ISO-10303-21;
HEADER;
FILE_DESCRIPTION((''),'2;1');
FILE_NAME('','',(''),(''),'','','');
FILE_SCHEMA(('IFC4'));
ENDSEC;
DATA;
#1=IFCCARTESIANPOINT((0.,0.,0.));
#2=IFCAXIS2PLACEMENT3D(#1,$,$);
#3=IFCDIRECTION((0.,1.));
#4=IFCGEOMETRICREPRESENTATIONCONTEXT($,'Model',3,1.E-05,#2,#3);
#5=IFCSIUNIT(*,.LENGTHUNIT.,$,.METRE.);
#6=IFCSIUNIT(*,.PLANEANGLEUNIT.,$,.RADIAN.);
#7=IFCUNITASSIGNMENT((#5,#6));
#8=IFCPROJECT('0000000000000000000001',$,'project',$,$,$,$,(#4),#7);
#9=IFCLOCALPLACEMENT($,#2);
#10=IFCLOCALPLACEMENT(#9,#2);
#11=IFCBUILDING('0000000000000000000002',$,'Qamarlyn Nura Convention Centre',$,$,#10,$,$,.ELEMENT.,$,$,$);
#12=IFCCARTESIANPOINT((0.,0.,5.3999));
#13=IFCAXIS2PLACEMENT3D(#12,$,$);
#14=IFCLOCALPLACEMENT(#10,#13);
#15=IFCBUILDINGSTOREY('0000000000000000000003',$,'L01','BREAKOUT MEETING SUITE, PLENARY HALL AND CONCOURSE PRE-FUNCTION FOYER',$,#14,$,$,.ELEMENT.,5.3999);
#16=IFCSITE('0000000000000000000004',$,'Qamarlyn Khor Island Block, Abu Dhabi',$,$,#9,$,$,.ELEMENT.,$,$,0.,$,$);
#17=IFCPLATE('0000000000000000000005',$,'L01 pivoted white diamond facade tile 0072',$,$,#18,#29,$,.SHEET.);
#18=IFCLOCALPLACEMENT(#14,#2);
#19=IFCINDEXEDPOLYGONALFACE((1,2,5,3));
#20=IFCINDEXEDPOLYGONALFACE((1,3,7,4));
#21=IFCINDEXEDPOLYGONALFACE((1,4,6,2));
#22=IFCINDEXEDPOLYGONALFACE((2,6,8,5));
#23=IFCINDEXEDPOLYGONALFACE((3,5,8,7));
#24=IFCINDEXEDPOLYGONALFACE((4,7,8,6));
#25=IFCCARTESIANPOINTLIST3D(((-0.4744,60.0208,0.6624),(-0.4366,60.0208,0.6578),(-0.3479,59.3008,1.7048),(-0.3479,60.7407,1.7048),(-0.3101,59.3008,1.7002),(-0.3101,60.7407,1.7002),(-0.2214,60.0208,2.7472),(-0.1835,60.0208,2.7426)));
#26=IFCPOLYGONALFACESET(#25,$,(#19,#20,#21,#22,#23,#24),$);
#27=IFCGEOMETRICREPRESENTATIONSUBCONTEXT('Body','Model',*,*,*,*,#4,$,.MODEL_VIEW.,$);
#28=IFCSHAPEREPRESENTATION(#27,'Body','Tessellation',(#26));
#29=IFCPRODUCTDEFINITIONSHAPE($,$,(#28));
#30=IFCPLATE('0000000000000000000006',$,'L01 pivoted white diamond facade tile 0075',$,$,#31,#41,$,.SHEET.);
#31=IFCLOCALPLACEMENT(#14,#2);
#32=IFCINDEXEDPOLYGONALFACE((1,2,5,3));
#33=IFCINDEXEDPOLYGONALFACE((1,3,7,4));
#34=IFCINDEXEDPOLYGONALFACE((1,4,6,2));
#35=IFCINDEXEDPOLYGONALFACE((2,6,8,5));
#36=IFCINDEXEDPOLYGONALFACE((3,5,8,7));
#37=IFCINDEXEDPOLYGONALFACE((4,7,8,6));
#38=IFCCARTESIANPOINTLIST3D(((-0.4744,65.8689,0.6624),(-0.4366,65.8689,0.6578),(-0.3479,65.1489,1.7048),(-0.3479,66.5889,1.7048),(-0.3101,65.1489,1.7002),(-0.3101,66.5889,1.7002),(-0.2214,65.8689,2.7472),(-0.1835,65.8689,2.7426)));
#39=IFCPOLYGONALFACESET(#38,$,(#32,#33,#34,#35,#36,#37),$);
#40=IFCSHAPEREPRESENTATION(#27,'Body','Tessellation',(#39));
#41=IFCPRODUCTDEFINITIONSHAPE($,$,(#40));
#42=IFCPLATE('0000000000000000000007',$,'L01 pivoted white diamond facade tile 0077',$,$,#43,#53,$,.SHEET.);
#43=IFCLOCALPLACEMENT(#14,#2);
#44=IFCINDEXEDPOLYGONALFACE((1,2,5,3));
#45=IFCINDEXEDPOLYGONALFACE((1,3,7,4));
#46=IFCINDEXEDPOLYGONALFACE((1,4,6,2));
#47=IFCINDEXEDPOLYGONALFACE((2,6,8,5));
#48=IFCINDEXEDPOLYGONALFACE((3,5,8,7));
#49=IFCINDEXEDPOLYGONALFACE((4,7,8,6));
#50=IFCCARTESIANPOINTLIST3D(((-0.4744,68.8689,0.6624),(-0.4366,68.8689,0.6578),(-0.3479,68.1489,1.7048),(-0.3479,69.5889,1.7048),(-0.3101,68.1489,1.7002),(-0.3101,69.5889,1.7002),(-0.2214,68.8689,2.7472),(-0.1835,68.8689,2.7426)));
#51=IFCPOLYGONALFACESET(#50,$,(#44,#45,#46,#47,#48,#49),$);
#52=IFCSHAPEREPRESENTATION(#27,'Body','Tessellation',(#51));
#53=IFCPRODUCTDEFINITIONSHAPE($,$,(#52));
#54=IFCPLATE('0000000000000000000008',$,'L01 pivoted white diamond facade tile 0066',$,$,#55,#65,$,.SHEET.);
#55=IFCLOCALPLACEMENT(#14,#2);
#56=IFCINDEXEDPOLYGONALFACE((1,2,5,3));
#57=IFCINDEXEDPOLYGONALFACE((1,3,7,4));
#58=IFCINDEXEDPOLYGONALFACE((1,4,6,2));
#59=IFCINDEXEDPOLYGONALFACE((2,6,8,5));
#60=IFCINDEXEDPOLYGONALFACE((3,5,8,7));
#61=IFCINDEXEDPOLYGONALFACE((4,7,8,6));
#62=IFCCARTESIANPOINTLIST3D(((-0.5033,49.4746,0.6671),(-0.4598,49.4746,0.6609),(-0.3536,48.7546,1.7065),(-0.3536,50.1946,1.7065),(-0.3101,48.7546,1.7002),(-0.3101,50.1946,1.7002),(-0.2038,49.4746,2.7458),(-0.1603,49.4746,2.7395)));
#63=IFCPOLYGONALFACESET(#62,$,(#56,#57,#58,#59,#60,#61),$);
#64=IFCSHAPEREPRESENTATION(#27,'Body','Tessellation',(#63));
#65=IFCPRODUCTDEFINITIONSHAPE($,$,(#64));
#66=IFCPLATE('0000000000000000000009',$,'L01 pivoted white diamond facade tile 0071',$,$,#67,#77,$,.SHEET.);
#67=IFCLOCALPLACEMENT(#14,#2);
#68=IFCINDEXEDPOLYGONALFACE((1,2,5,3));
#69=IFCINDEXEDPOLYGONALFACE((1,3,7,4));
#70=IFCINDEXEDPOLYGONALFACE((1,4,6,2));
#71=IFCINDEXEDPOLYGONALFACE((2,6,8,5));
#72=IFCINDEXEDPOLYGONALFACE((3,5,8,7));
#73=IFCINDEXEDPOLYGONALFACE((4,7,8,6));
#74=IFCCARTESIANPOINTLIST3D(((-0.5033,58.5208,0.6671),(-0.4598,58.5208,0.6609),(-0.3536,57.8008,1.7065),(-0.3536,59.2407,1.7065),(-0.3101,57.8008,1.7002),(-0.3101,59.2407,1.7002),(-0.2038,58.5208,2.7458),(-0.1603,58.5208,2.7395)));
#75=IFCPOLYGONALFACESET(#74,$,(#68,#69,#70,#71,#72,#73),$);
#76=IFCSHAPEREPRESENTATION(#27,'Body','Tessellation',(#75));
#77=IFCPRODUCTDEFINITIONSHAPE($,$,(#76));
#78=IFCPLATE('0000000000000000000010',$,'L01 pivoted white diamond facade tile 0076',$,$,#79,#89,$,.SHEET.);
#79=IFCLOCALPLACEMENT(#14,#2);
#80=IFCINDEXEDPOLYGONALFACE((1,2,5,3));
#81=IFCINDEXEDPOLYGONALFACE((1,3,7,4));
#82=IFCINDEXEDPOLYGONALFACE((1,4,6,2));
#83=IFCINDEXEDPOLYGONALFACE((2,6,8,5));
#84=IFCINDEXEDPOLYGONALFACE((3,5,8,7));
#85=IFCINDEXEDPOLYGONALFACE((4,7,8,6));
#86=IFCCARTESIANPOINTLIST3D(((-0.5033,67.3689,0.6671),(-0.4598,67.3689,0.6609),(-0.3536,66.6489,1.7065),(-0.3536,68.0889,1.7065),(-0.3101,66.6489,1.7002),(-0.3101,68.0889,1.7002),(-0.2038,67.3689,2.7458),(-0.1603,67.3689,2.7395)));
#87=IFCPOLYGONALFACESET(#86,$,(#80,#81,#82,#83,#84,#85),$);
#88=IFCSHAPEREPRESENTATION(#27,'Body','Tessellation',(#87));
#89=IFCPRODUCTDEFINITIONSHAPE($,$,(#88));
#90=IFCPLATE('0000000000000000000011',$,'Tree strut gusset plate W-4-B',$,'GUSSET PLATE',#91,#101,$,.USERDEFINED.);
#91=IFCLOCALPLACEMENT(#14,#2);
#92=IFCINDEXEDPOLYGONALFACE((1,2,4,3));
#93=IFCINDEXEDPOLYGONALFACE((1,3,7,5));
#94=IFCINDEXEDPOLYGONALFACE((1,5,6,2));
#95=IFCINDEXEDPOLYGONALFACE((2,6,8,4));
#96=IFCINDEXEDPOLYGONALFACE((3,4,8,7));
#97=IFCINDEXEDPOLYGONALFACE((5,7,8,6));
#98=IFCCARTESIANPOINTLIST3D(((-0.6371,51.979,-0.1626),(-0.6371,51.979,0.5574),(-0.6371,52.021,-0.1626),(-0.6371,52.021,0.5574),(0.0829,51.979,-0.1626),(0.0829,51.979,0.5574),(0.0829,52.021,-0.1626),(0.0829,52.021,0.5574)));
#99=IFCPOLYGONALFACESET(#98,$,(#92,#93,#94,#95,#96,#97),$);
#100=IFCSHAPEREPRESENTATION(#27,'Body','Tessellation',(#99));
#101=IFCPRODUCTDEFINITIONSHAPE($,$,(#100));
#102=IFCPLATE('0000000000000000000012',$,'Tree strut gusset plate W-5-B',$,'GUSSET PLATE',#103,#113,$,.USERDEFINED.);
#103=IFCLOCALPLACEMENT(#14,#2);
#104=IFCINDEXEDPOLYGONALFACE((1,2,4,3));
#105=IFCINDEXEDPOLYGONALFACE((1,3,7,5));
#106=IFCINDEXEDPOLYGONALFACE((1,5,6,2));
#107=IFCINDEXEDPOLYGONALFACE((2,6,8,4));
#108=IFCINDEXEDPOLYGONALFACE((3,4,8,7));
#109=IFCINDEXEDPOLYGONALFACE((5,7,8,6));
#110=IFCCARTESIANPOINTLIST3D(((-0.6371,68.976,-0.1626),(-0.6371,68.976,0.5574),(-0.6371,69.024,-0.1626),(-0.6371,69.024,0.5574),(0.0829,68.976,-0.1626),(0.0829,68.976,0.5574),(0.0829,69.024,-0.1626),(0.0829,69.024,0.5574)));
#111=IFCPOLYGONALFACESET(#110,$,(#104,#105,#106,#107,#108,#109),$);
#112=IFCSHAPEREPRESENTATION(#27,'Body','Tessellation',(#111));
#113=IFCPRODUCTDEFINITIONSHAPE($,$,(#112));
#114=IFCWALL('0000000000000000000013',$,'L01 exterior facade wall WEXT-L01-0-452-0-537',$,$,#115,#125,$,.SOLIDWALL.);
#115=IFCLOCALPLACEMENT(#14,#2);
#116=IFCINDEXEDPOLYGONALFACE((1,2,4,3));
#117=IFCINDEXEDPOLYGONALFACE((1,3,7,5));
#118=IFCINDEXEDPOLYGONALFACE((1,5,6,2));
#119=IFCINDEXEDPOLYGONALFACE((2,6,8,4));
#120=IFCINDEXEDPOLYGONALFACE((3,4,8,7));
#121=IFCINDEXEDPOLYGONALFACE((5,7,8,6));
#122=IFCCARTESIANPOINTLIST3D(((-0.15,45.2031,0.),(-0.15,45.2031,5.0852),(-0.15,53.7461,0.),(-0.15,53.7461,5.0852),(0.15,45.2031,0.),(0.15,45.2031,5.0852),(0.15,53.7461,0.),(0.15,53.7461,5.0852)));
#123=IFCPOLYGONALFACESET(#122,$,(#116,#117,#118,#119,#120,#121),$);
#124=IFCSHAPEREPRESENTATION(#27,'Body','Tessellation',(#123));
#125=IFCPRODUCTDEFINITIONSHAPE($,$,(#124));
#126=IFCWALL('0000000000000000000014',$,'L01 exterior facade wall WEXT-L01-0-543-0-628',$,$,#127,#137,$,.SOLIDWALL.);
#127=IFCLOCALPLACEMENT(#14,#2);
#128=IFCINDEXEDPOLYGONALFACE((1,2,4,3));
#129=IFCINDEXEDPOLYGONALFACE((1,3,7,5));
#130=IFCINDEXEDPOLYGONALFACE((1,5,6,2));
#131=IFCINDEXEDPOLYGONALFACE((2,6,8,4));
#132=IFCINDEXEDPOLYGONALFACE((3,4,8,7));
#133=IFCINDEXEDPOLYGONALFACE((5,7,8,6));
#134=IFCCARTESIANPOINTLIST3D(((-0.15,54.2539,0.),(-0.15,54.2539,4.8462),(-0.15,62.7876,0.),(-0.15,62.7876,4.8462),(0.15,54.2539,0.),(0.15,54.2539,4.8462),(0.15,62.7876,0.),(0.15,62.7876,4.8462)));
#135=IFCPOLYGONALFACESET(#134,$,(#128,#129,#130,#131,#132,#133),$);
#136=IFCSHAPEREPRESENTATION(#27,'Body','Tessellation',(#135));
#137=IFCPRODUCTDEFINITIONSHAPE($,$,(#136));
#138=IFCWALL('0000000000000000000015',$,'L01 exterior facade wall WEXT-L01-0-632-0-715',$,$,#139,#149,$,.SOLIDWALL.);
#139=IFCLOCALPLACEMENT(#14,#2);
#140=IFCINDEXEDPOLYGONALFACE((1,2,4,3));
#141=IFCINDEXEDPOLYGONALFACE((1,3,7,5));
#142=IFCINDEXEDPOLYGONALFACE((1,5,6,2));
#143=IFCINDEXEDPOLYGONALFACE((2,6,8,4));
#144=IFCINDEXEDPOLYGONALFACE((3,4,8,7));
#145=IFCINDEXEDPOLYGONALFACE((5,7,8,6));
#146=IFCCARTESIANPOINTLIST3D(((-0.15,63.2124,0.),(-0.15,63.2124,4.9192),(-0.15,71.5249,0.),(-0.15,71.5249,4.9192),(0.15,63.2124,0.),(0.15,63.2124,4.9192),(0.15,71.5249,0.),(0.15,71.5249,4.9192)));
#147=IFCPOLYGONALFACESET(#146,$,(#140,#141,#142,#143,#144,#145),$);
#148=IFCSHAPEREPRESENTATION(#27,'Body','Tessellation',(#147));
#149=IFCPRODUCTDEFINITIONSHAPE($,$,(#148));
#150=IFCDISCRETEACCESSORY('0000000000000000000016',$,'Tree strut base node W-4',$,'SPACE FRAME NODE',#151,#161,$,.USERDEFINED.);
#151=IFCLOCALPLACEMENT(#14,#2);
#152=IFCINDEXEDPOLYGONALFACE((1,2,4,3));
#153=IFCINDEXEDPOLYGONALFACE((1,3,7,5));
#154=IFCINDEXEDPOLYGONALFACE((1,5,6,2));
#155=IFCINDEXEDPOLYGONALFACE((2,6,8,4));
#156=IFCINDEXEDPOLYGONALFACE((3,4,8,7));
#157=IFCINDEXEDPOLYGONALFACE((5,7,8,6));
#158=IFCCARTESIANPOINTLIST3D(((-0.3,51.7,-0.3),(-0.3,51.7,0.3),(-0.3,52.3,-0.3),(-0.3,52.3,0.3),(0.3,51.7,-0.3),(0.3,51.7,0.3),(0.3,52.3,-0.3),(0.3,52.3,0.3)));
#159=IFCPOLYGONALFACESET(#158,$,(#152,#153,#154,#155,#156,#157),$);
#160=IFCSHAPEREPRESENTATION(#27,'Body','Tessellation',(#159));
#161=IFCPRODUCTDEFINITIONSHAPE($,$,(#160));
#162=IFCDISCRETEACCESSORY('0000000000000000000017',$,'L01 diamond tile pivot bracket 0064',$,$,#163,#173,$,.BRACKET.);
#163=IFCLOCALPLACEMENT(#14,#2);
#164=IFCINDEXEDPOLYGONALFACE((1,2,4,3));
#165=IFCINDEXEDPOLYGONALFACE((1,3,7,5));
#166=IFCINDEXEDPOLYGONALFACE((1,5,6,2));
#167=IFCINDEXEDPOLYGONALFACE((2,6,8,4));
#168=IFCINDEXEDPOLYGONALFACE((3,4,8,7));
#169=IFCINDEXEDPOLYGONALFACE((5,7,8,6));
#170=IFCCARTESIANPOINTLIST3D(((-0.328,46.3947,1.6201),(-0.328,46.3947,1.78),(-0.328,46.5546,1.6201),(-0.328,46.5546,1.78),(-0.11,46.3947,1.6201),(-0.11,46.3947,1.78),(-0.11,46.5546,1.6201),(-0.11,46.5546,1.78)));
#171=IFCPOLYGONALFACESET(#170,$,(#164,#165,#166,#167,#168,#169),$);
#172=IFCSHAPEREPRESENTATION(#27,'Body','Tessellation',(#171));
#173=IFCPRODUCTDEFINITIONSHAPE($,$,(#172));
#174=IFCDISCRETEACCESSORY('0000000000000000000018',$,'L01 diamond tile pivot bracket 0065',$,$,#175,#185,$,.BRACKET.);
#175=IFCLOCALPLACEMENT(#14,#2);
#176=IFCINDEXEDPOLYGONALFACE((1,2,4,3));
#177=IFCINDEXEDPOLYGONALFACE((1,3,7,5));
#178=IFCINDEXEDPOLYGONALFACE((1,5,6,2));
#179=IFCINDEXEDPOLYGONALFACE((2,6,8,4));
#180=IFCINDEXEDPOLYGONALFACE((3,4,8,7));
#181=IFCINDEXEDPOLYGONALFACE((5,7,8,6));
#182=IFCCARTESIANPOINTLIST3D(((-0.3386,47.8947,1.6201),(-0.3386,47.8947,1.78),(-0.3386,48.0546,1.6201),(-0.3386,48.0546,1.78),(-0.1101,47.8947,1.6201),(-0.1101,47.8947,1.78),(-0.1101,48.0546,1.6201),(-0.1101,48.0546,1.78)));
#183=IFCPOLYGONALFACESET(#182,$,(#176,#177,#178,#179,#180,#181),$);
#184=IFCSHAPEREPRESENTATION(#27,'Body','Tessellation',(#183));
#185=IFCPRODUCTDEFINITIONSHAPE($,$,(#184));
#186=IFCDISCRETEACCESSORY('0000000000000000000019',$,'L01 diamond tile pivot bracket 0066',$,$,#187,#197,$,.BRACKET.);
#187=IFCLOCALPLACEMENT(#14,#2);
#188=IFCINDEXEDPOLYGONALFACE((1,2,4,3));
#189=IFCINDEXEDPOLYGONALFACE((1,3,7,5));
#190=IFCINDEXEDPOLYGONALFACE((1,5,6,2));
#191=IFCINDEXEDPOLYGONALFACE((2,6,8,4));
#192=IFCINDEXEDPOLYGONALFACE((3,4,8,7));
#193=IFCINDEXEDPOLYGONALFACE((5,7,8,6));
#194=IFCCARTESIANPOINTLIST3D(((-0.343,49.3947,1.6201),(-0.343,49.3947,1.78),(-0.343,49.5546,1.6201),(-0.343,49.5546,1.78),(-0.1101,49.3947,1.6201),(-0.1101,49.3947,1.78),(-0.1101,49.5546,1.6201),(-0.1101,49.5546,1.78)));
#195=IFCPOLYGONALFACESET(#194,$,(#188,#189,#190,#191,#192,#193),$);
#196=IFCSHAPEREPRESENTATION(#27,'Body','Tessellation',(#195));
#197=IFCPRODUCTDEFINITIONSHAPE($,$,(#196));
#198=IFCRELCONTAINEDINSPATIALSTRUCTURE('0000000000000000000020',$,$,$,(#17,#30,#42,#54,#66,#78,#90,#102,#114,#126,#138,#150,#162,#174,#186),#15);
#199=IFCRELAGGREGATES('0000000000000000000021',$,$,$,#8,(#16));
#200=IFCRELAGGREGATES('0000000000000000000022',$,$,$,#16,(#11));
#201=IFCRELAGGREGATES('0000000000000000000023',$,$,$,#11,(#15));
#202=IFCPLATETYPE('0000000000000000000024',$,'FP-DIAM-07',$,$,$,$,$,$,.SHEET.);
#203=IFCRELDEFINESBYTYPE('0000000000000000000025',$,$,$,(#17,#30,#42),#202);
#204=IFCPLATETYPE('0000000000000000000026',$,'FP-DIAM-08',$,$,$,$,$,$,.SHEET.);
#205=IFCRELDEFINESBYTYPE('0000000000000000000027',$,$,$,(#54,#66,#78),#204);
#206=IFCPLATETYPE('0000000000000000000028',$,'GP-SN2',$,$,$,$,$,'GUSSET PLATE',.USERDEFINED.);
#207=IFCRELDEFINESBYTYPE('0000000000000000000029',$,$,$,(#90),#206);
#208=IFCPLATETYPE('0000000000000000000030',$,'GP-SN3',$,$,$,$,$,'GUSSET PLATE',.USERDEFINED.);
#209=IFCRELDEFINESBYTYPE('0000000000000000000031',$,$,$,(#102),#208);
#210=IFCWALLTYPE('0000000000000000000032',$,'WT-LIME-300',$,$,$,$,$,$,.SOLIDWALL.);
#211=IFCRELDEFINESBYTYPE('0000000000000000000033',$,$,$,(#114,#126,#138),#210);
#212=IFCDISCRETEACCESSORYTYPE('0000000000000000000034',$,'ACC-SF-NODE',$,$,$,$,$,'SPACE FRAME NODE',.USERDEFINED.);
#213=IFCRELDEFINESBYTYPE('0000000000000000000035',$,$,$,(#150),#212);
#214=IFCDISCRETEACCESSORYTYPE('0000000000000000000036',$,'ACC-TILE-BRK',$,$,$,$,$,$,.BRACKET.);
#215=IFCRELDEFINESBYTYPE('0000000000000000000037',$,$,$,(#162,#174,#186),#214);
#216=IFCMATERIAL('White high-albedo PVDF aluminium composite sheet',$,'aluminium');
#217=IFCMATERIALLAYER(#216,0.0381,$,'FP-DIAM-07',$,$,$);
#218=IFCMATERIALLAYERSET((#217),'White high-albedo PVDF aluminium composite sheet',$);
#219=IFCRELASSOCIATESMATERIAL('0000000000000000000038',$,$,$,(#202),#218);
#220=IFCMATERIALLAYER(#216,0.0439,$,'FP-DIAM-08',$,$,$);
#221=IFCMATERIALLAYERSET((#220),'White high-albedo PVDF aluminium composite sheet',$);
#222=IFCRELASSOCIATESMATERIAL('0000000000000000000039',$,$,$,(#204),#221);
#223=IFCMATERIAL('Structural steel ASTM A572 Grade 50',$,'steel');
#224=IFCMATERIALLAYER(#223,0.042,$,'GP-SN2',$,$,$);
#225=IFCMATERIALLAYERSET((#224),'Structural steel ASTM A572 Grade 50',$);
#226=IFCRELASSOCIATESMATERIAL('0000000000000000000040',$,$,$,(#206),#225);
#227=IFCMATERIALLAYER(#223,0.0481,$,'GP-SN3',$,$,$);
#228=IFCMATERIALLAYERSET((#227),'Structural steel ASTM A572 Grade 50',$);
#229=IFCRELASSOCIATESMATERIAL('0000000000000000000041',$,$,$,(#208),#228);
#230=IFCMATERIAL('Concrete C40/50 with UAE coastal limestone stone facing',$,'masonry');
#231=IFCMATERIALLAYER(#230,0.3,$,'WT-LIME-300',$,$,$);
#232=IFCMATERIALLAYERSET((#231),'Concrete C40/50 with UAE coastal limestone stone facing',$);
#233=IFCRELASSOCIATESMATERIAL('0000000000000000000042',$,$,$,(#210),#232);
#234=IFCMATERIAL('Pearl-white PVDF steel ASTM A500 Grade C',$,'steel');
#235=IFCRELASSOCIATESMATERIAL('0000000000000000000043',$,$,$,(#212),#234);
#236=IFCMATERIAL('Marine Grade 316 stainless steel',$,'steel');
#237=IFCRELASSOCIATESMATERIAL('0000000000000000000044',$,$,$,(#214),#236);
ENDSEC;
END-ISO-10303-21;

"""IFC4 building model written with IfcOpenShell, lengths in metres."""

from ifc_helpers import new_model, si_unit, direction, frame, frame_2d, origin, origin_2d, place, context, subcontext, project, spatial, polyline, rectangle, outline, extrude, material, layer, layer_set, type_object, element, save


model = new_model("IFC4")

# Units and contexts
model_context = context("Model", 3, precision=1e-05, world=origin(), true_north=direction((0.0, 1.0)))
body_context = subcontext(model_context, "Body", "Model", "MODEL_VIEW")
ifc_project = project(units=[si_unit("LENGTHUNIT", "METRE"), si_unit("PLANEANGLEUNIT", "RADIAN")], contexts=[model_context])

# Site, building, storey
site_placement = place(None, origin())
site = spatial("IfcSite", under=ifc_project, at=site_placement, Name="Qamarlyn Khor Island Block, Abu Dhabi", CompositionType="ELEMENT", RefElevation=0.0)
building_placement = place(site_placement, origin())
building = spatial("IfcBuilding", under=site, at=building_placement, Name="Qamarlyn Nura Convention Centre", CompositionType="ELEMENT")
storey_placement = place(building_placement, frame((0.0, 0.0, 5.3999)))
storey = spatial("IfcBuildingStorey", under=building, at=storey_placement, Name="L01", Description="BREAKOUT MEETING SUITE, PLENARY HALL AND CONCOURSE PRE-FUNCTION FOYER", CompositionType="ELEMENT", Elevation=5.3999)

# Shared definitions
ifc_material_1 = material(Name="Pearl-white PVDF steel ASTM A500 Grade C", Category="steel")

# Plates
ifc_material_2 = material(Name="White high-albedo PVDF aluminium composite sheet", Category="aluminium")
ifc_layer_1 = layer(ifc_material_2, 0.0381, Name="FP-DIAM-07")
ifc_layer_set_1 = layer_set([ifc_layer_1], Name="White high-albedo PVDF aluminium composite sheet")
plate_type_1 = type_object("IfcPlateType", Name="FP-DIAM-07", PredefinedType="SHEET", material=ifc_layer_set_1)
for number, where, z_axis, x_axis, name in (
    (1, (-0.3101, 60.0208, 1.7002), (-0.992715, 0.0, 0.120483), (0.0, -1.0, 0.0), "L01 pivoted white diamond facade tile 0072"),
    (2, (-0.3101, 65.8689, 1.7002), (-0.992715, 0.0, 0.120483), (0.0, -1.0, 0.0), "L01 pivoted white diamond facade tile 0075"),
    (3, (-0.3101, 68.8689, 1.7002), (-0.992715, 0.0, 0.120483), (0.0, -1.0, 0.0), "L01 pivoted white diamond facade tile 0077"),
):
    element("IfcPlate", number, at=place(storey_placement, frame(where, z_axis=z_axis, x_axis=x_axis)), inside=storey, type_object=plate_type_1, Name=name, PredefinedType="SHEET", context=body_context, shape_type="SweptSolid", body=[
        extrude(outline(polyline([(-0.72, 0.0), (0.0, -1.05), (0.72, 0.0), (0.0, 1.05), (-0.72, 0.0)])), origin(), (0.0, 0.0, 1.0), 0.0381),
    ])
ifc_layer_2 = layer(ifc_material_2, 0.0439, Name="FP-DIAM-08")
ifc_layer_set_2 = layer_set([ifc_layer_2], Name="White high-albedo PVDF aluminium composite sheet")
plate_type_2 = type_object("IfcPlateType", Name="FP-DIAM-08", PredefinedType="SHEET", material=ifc_layer_set_2)
for number, where, z_axis, x_axis, name in (
    (4, (-0.3101, 49.4746, 1.7002), (-0.989776, 0.0, 0.142629), (0.0, -1.0, 0.0), "L01 pivoted white diamond facade tile 0066"),
    (5, (-0.3101, 58.5208, 1.7002), (-0.989776, 0.0, 0.142629), (0.0, -1.0, 0.0), "L01 pivoted white diamond facade tile 0071"),
    (6, (-0.3101, 67.3689, 1.7002), (-0.989776, 0.0, 0.142629), (0.0, -1.0, 0.0), "L01 pivoted white diamond facade tile 0076"),
):
    element("IfcPlate", number, at=place(storey_placement, frame(where, z_axis=z_axis, x_axis=x_axis)), inside=storey, type_object=plate_type_2, Name=name, PredefinedType="SHEET", context=body_context, shape_type="SweptSolid", body=[
        extrude(outline(polyline([(-0.72, 0.0), (0.0, -1.05), (0.72, 0.0), (0.0, 1.05), (-0.72, 0.0)])), origin(), (0.0, 0.0, 1.0), 0.0439),
    ])
ifc_material_3 = material(Name="Structural steel ASTM A572 Grade 50", Category="steel")
ifc_layer_3 = layer(ifc_material_3, 0.042, Name="GP-SN2")
ifc_layer_set_3 = layer_set([ifc_layer_3], Name="Structural steel ASTM A572 Grade 50")
plate_type_3 = type_object("IfcPlateType", Name="GP-SN2", ElementType="GUSSET PLATE", PredefinedType="USERDEFINED", material=ifc_layer_set_3)
plate_1_placement = place(storey_placement, frame((-0.2771, 52.0, -0.1626), z_axis=(0.0, 0.0, 1.0), x_axis=(1.0, 0.0, 0.0)))
element("IfcPlate", 7, at=plate_1_placement, inside=storey, type_object=plate_type_3, Name="Tree strut gusset plate W-4-B", ObjectType="GUSSET PLATE", PredefinedType="USERDEFINED", context=body_context, shape_type="SweptSolid", body=[
    extrude(rectangle(XDim=0.72, YDim=0.042, at=origin_2d()), origin(), (0.0, 0.0, 1.0), 0.72),
])
ifc_layer_4 = layer(ifc_material_3, 0.0481, Name="GP-SN3")
ifc_layer_set_4 = layer_set([ifc_layer_4], Name="Structural steel ASTM A572 Grade 50")
plate_type_4 = type_object("IfcPlateType", Name="GP-SN3", ElementType="GUSSET PLATE", PredefinedType="USERDEFINED", material=ifc_layer_set_4)
plate_2_placement = place(storey_placement, frame((-0.2771, 69.0, -0.1626), z_axis=(0.0, 0.0, 1.0), x_axis=(1.0, 0.0, 0.0)))
element("IfcPlate", 8, at=plate_2_placement, inside=storey, type_object=plate_type_4, Name="Tree strut gusset plate W-5-B", ObjectType="GUSSET PLATE", PredefinedType="USERDEFINED", context=body_context, shape_type="SweptSolid", body=[
    extrude(rectangle(XDim=0.72, YDim=0.0481, at=origin_2d()), origin(), (0.0, 0.0, 1.0), 0.72),
])

# Walls
ifc_material_4 = material(Name="Concrete C40/50 with UAE coastal limestone stone facing", Category="masonry")
ifc_layer_5 = layer(ifc_material_4, 0.3, Name="WT-LIME-300")
ifc_layer_set_5 = layer_set([ifc_layer_5], Name="Concrete C40/50 with UAE coastal limestone stone facing")
wall_type = type_object("IfcWallType", Name="WT-LIME-300", PredefinedType="SOLIDWALL", material=ifc_layer_set_5)
wall_1_placement = place(storey_placement, frame((0.0, 45.2031, 0.0), z_axis=(0.0, 0.0, 1.0), x_axis=(0.0, 1.0, 0.0)))
element("IfcWall", 9, at=wall_1_placement, inside=storey, type_object=wall_type, Name="L01 exterior facade wall WEXT-L01-0-452-0-537", PredefinedType="SOLIDWALL", context=body_context, shape_type="SweptSolid", body=[
    extrude(rectangle(XDim=8.543, YDim=0.3, at=frame_2d((4.2715, 0.0))), origin(), (0.0, 0.0, 1.0), 5.0852),
])
wall_2_placement = place(storey_placement, frame((0.0, 54.2539, 0.0), z_axis=(0.0, 0.0, 1.0), x_axis=(0.0, 1.0, 0.0)))
element("IfcWall", 10, at=wall_2_placement, inside=storey, type_object=wall_type, Name="L01 exterior facade wall WEXT-L01-0-543-0-628", PredefinedType="SOLIDWALL", context=body_context, shape_type="SweptSolid", body=[
    extrude(rectangle(XDim=8.5337, YDim=0.3, at=frame_2d((4.2668, 0.0))), origin(), (0.0, 0.0, 1.0), 4.8462),
])
wall_3_placement = place(storey_placement, frame((0.0, 63.2124, 0.0), z_axis=(0.0, 0.0, 1.0), x_axis=(0.0, 1.0, 0.0)))
element("IfcWall", 11, at=wall_3_placement, inside=storey, type_object=wall_type, Name="L01 exterior facade wall WEXT-L01-0-632-0-715", PredefinedType="SOLIDWALL", context=body_context, shape_type="SweptSolid", body=[
    extrude(rectangle(XDim=8.3125, YDim=0.3, at=frame_2d((4.1562, 0.0))), origin(), (0.0, 0.0, 1.0), 4.9192),
])

# Discrete accessories
discrete_accessory_type_1 = type_object("IfcDiscreteAccessoryType", Name="ACC-SF-NODE", ElementType="SPACE FRAME NODE", PredefinedType="USERDEFINED", material=ifc_material_1)
discrete_accessory_1_placement = place(storey_placement, frame((0.0, 52.0, -0.3), z_axis=(0.0, 0.0, 1.0), x_axis=(1.0, 0.0, 0.0)))
element("IfcDiscreteAccessory", 12, at=discrete_accessory_1_placement, inside=storey, type_object=discrete_accessory_type_1, Name="Tree strut base node W-4", ObjectType="SPACE FRAME NODE", PredefinedType="USERDEFINED", context=body_context, shape_type="SweptSolid", body=[
    extrude(rectangle(XDim=0.6001, YDim=0.6001, at=origin_2d()), origin(), (0.0, 0.0, 1.0), 0.6001),
])
ifc_material_5 = material(Name="Marine Grade 316 stainless steel", Category="steel")
discrete_accessory_type_2 = type_object("IfcDiscreteAccessoryType", Name="ACC-TILE-BRK", PredefinedType="BRACKET", material=ifc_material_5)
discrete_accessory_2_placement = place(storey_placement, frame((-0.219, 46.4746, 1.6201), z_axis=(0.0, 0.0, 1.0), x_axis=(-1.0, 0.0, 0.0)))
element("IfcDiscreteAccessory", 13, at=discrete_accessory_2_placement, inside=storey, type_object=discrete_accessory_type_2, Name="L01 diamond tile pivot bracket 0064", PredefinedType="BRACKET", context=body_context, shape_type="SweptSolid", body=[
    extrude(rectangle(XDim=0.218, YDim=0.1599, at=origin_2d()), origin(), (0.0, 0.0, 1.0), 0.1599),
])
discrete_accessory_3_placement = place(storey_placement, frame((-0.2244, 47.9746, 1.6201), z_axis=(0.0, 0.0, 1.0), x_axis=(-1.0, 0.0, 0.0)))
element("IfcDiscreteAccessory", 14, at=discrete_accessory_3_placement, inside=storey, type_object=discrete_accessory_type_2, Name="L01 diamond tile pivot bracket 0065", PredefinedType="BRACKET", context=body_context, shape_type="SweptSolid", body=[
    extrude(rectangle(XDim=0.2285, YDim=0.1599, at=origin_2d()), origin(), (0.0, 0.0, 1.0), 0.1599),
])
discrete_accessory_4_placement = place(storey_placement, frame((-0.2266, 49.4746, 1.6201), z_axis=(0.0, 0.0, 1.0), x_axis=(-1.0, 0.0, 0.0)))
element("IfcDiscreteAccessory", 15, at=discrete_accessory_4_placement, inside=storey, type_object=discrete_accessory_type_2, Name="L01 diamond tile pivot bracket 0066", PredefinedType="BRACKET", context=body_context, shape_type="SweptSolid", body=[
    extrude(rectangle(XDim=0.2329, YDim=0.1599, at=origin_2d()), origin(), (0.0, 0.0, 1.0), 0.1599),
])

save(model, "model.ifc")
